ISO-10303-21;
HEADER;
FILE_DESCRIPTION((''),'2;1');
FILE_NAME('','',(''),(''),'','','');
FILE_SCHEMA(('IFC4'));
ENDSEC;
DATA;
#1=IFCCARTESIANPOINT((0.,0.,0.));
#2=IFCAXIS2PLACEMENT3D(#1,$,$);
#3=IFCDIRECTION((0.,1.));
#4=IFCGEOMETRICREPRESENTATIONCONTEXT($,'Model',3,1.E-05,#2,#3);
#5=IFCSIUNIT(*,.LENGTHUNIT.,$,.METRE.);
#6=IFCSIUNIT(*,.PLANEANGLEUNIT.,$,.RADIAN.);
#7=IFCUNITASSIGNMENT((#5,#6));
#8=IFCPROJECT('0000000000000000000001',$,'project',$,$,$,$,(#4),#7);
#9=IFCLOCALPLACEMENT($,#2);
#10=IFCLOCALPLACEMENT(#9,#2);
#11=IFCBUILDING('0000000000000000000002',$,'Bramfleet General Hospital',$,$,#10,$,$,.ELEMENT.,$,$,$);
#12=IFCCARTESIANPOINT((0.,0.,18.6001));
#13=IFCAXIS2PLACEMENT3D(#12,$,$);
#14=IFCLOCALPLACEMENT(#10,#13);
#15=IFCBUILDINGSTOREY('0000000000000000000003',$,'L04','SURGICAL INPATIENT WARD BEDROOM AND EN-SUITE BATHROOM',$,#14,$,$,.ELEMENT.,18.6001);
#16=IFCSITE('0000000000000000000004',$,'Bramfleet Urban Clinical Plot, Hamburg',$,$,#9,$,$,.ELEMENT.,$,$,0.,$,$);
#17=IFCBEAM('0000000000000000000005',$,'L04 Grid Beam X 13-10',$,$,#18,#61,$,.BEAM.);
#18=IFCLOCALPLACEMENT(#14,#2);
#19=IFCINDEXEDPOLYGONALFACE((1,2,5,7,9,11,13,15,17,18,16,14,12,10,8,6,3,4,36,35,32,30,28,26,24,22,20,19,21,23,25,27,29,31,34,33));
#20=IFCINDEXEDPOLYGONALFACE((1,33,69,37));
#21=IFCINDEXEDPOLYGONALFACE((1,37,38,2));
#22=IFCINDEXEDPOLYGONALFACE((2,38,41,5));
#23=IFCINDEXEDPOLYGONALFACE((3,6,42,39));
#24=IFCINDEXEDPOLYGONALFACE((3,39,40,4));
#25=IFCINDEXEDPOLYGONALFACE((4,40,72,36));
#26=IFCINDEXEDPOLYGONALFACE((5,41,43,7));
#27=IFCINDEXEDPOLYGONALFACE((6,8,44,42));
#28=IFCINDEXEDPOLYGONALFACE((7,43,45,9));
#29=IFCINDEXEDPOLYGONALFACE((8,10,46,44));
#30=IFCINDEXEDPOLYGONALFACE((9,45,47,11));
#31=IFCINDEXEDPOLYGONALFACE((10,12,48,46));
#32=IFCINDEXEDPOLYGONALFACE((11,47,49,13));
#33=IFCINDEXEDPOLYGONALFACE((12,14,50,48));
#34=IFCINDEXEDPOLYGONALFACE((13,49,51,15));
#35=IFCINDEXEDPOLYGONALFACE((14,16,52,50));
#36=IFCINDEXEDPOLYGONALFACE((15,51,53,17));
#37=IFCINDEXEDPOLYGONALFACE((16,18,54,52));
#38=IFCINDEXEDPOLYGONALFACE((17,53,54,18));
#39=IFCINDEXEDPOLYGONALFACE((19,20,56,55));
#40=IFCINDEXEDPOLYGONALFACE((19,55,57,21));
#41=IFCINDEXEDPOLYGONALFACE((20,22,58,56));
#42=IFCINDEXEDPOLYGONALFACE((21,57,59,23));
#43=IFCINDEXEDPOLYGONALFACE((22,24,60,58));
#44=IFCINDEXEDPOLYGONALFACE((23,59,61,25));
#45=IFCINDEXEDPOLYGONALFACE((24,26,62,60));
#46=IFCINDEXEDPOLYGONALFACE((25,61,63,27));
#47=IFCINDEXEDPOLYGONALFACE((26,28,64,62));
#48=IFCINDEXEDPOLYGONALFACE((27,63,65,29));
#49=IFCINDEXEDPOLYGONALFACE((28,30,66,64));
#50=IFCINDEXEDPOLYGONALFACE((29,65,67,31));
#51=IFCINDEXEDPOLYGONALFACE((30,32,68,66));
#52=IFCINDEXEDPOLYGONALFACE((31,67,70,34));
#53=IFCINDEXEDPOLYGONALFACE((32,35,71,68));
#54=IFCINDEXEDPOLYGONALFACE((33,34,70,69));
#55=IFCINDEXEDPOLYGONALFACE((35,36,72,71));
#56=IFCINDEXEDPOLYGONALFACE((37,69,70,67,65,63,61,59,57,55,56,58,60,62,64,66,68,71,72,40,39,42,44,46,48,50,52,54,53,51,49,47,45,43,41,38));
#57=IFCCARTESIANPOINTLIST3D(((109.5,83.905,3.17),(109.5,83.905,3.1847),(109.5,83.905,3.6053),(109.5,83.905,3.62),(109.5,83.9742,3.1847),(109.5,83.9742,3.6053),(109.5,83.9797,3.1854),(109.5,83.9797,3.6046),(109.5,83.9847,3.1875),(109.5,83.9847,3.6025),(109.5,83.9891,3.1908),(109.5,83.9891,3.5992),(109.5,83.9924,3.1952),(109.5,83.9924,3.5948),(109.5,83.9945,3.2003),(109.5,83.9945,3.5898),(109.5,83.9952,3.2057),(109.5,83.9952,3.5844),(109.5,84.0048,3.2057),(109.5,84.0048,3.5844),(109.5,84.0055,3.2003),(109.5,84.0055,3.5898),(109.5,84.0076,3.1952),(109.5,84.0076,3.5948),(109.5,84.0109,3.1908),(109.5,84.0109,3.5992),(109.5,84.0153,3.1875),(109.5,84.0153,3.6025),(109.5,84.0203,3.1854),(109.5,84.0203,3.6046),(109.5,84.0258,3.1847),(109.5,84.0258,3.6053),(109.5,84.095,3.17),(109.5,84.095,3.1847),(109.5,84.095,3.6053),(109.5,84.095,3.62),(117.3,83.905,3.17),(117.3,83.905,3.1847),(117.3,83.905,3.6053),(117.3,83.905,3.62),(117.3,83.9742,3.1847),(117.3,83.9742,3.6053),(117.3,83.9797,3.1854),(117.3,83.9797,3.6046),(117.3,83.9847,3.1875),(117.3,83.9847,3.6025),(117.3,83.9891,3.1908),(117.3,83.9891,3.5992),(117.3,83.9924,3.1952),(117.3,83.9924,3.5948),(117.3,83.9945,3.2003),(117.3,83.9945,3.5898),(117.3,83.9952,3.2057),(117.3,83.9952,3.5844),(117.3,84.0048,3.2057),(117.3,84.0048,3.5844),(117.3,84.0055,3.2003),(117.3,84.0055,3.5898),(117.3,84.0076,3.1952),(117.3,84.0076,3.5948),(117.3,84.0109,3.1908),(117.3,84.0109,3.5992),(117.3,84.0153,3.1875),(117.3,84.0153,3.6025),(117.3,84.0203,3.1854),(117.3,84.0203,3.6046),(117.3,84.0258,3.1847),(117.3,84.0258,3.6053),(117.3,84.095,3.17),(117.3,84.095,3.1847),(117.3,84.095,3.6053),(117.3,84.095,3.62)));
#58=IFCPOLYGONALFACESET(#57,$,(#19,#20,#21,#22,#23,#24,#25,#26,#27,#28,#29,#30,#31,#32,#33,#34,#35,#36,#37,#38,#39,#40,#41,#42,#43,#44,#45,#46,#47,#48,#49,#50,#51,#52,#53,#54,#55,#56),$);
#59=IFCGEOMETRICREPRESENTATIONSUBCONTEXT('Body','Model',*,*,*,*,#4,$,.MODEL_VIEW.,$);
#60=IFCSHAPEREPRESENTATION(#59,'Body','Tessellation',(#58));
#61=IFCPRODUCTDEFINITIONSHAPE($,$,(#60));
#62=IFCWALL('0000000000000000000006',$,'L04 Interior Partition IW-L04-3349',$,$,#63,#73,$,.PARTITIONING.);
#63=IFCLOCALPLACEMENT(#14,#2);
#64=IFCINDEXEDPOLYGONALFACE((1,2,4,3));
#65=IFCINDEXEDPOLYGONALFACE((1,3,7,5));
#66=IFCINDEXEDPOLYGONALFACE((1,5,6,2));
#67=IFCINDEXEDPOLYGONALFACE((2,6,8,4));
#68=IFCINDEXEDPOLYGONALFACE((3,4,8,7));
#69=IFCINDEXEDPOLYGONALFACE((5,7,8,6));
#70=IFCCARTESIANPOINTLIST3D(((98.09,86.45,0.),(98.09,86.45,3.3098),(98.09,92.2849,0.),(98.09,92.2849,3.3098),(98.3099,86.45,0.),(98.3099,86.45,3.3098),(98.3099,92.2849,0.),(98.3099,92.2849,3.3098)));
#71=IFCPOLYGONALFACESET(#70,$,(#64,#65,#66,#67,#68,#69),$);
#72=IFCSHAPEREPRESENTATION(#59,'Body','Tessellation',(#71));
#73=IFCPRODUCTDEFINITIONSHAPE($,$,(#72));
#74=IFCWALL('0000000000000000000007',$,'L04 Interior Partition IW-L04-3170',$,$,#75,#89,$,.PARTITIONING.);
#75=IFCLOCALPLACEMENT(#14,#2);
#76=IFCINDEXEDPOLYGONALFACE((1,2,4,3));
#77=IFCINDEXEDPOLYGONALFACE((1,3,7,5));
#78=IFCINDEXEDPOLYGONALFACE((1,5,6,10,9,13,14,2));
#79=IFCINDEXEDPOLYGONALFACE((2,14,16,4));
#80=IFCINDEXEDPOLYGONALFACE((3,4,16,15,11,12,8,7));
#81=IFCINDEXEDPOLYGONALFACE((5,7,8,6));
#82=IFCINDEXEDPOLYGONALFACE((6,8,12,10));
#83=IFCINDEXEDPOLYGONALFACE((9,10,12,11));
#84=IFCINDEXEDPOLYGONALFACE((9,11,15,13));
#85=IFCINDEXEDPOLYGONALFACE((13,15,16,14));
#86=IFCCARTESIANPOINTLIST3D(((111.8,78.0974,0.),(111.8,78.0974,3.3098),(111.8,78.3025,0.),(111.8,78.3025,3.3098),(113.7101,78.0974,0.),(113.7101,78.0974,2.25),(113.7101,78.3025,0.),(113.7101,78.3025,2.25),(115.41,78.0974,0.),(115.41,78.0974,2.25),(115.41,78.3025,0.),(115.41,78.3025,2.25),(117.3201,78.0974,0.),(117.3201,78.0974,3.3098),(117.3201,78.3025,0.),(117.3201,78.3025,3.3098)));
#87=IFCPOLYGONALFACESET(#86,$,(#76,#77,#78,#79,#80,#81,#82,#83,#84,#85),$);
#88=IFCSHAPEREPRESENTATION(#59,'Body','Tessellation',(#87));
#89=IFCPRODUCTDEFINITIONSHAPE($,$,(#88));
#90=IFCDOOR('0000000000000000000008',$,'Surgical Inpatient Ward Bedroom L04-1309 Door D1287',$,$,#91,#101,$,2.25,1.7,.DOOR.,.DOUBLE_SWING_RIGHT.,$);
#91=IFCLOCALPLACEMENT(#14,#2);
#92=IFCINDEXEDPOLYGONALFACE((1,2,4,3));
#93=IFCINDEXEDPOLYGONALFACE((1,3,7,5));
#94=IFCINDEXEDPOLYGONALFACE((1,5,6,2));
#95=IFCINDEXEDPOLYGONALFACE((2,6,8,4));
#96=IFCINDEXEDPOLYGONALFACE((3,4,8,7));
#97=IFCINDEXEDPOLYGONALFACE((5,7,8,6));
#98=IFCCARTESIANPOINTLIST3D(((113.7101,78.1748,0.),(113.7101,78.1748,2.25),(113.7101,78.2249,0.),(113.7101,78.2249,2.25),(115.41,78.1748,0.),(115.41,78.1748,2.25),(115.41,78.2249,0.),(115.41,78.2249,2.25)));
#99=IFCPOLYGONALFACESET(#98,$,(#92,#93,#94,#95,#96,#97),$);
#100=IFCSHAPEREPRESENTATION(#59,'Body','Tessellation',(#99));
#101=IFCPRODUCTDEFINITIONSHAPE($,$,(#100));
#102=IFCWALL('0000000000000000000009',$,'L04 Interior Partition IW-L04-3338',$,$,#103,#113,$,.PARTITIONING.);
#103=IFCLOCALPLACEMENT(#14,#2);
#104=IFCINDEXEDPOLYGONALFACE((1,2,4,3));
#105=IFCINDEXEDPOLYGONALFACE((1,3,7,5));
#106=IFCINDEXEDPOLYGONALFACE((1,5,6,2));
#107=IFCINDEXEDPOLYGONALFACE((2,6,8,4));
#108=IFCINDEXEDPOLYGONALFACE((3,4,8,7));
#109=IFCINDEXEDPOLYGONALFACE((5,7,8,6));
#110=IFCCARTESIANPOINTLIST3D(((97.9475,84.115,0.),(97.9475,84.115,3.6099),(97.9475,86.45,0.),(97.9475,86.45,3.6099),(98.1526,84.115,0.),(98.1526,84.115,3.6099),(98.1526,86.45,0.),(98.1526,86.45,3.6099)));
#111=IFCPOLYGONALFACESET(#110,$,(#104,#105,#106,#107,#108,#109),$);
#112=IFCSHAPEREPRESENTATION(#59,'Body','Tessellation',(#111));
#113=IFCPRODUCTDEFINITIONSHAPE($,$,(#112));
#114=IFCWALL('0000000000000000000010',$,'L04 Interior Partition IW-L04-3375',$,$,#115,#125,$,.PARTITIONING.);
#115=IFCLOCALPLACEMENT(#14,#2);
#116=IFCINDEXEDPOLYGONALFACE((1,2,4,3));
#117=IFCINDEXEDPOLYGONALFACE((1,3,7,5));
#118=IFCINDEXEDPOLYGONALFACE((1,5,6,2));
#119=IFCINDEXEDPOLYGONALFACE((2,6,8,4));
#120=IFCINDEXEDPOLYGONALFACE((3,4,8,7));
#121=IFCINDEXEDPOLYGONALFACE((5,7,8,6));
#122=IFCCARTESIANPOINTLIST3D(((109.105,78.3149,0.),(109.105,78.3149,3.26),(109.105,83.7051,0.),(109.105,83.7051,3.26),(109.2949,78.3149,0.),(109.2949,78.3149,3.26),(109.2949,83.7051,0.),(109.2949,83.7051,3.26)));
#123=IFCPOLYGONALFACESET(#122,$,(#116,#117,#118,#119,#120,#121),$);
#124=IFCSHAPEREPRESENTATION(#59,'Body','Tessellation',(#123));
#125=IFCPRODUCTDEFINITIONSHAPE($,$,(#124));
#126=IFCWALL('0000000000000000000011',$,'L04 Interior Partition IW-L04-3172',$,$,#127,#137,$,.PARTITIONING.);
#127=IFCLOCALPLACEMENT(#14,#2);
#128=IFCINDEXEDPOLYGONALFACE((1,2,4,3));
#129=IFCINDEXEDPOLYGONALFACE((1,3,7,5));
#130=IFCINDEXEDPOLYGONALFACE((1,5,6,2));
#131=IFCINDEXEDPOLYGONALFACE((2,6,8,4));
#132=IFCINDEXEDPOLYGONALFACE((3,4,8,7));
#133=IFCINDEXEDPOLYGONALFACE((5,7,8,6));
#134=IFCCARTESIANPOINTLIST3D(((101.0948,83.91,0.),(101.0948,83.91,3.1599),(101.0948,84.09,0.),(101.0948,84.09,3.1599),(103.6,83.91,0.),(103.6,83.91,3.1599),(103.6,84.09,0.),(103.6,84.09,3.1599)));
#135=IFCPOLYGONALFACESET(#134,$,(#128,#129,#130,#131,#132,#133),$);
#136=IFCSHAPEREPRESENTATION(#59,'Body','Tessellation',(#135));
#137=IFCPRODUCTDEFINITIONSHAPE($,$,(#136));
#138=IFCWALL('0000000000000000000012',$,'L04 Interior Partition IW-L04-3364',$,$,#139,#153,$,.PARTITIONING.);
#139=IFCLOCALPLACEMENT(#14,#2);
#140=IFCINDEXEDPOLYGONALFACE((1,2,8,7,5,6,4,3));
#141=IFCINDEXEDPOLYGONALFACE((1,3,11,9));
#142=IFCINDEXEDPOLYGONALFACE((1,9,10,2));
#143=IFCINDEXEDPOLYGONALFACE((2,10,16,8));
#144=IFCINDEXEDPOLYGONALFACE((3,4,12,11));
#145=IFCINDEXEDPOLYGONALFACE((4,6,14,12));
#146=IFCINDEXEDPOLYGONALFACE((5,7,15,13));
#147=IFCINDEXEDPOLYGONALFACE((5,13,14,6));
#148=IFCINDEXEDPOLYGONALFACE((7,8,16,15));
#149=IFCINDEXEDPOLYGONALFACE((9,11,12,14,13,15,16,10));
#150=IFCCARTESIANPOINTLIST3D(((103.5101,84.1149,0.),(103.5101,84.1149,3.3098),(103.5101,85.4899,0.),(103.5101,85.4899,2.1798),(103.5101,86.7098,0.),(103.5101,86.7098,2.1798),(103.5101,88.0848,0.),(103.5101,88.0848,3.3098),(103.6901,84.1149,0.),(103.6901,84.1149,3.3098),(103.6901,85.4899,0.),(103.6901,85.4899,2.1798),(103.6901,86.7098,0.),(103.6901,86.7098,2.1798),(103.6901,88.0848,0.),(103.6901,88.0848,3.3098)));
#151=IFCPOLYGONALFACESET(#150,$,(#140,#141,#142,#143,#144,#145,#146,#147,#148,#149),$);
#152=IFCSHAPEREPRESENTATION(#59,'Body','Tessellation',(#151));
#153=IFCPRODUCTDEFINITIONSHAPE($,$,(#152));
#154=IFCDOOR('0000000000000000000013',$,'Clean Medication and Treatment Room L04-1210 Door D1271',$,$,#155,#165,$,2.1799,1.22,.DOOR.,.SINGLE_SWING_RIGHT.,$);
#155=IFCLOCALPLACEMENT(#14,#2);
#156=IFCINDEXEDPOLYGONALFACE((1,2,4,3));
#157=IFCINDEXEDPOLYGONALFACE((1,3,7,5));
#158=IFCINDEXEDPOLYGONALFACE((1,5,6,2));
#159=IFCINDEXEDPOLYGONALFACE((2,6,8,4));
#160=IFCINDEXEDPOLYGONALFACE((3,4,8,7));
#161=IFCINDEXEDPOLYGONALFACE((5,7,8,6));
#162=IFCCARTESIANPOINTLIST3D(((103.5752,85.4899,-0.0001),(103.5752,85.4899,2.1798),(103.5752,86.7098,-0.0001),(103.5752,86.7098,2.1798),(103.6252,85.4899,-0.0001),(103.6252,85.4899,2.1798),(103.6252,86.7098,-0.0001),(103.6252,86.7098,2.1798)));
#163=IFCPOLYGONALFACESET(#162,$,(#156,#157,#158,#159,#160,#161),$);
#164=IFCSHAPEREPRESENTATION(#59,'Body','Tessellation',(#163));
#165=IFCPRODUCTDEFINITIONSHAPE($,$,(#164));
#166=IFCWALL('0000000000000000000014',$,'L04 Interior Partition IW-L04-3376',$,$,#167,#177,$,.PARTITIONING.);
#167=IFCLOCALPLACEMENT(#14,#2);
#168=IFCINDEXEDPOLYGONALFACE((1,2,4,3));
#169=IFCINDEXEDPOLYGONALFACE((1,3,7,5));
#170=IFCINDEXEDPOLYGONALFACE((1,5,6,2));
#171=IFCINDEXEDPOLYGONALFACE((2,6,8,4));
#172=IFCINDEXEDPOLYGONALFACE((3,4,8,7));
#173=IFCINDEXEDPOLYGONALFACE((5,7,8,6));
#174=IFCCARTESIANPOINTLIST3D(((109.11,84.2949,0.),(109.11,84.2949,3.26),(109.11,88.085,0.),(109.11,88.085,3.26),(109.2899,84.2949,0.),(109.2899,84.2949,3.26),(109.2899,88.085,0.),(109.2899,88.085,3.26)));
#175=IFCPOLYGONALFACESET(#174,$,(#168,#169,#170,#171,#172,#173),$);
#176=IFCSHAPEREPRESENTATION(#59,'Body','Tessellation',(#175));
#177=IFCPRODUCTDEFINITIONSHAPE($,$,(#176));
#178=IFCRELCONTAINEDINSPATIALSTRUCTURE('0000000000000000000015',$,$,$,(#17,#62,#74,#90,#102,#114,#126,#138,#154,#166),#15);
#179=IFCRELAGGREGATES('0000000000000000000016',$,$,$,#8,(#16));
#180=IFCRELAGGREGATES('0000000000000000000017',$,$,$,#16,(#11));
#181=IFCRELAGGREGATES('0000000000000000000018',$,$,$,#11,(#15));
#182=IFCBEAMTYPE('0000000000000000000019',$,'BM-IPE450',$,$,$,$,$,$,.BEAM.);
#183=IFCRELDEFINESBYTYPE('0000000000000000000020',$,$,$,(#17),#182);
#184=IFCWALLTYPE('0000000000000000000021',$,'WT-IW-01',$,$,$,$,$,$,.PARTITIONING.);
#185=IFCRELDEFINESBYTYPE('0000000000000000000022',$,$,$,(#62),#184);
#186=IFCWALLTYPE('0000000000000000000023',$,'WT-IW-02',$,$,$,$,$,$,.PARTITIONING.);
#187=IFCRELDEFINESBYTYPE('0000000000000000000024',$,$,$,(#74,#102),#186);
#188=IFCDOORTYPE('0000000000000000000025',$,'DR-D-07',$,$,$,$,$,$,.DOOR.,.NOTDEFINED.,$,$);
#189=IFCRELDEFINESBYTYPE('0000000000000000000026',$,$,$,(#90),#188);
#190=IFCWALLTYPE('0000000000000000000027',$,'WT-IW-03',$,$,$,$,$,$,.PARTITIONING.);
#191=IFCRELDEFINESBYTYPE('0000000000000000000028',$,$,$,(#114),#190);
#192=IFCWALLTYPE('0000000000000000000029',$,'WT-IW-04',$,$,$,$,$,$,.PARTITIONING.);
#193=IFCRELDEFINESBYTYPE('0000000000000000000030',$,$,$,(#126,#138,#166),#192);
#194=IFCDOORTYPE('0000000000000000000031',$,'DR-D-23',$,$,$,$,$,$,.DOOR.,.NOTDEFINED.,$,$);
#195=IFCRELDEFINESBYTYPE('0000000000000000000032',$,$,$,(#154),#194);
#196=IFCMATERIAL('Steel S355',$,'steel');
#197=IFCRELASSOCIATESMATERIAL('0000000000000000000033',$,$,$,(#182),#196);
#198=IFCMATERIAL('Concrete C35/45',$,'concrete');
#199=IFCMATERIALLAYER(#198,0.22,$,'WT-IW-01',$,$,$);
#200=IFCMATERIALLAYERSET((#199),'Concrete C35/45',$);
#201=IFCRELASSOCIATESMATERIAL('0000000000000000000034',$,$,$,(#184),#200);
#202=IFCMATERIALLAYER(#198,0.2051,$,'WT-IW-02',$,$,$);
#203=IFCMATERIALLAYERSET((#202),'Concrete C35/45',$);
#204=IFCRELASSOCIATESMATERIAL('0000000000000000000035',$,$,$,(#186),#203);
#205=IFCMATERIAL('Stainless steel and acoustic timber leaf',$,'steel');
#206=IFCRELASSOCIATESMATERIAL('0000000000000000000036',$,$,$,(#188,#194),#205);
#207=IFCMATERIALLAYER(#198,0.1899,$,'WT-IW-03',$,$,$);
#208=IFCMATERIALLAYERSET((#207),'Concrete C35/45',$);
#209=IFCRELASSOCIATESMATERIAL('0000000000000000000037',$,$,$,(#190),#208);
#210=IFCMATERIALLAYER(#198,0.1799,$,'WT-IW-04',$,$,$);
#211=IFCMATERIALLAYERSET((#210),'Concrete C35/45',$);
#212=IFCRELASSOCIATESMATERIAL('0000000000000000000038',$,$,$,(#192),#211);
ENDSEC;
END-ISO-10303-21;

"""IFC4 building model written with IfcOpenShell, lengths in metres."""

from ifc_helpers import new_model, si_unit, direction, frame, frame_2d, origin, origin_2d, place, context, subcontext, project, spatial, rectangle, i_section, extrude, material, layer, layer_set, material_profile, profile_set, type_object, element, fill, save


model = new_model("IFC4")

# Units and contexts
model_context = context("Model", 3, precision=1e-05, world=origin(), true_north=direction((0.0, 1.0)))
body_context = subcontext(model_context, "Body", "Model", "MODEL_VIEW")
ifc_project = project(units=[si_unit("LENGTHUNIT", "METRE"), si_unit("PLANEANGLEUNIT", "RADIAN")], contexts=[model_context])

# Site, building, storey
site_placement = place(None, origin())
site = spatial("IfcSite", under=ifc_project, at=site_placement, Name="Bramfleet Urban Clinical Plot, Hamburg", CompositionType="ELEMENT", RefElevation=0.0)
building_placement = place(site_placement, origin())
building = spatial("IfcBuilding", under=site, at=building_placement, Name="Bramfleet General Hospital", CompositionType="ELEMENT")
storey_placement = place(building_placement, frame((0.0, 0.0, 18.6001)))
storey = spatial("IfcBuildingStorey", under=building, at=storey_placement, Name="L04", Description="SURGICAL INPATIENT WARD BEDROOM AND EN-SUITE BATHROOM", CompositionType="ELEMENT", Elevation=18.6001)

# Beam
ifc_material_1 = material(Name="Steel S355", Category="steel")
ifc_material_profile_1 = material_profile(ifc_material_1, i_section(OverallWidth=0.1899, OverallDepth=0.45, WebThickness=0.0095, FlangeThickness=0.0146, FilletRadius=0.021, at=origin_2d()), Name="IPE 450")
ifc_profile_set_1 = profile_set([ifc_material_profile_1], Name="Steel S355")
beam_type_1 = type_object("IfcBeamType", Name="BM-IPE450", PredefinedType="BEAM", material=ifc_profile_set_1)
beam_1_placement = place(storey_placement, frame((109.5, 84.0, 3.395), z_axis=(1.0, 0.0, 0.0), x_axis=(0.0, 1.0, 0.0)))
element("IfcBeam", 1, at=beam_1_placement, inside=storey, type_object=beam_type_1, Name="L04 Grid Beam X 13-10", PredefinedType="BEAM", context=body_context, shape_type="SweptSolid", body=[
    extrude(i_section(OverallWidth=0.1899, OverallDepth=0.45, WebThickness=0.0095, FlangeThickness=0.0146, FilletRadius=0.021, at=origin_2d()), origin(), (0.0, 0.0, 1.0), 7.8),
])

# Wall
ifc_material_2 = material(Name="Concrete C35/45", Category="concrete")
ifc_layer_1 = layer(ifc_material_2, 0.22, Name="WT-IW-01")
ifc_layer_set_1 = layer_set([ifc_layer_1], Name="Concrete C35/45")
wall_type_1 = type_object("IfcWallType", Name="WT-IW-01", PredefinedType="PARTITIONING", material=ifc_layer_set_1)
wall_1_placement = place(storey_placement, frame((98.2, 86.45, 0.0), z_axis=(0.0, 0.0, 1.0), x_axis=(0.0, 1.0, 0.0)))
element("IfcWall", 2, at=wall_1_placement, inside=storey, type_object=wall_type_1, Name="L04 Interior Partition IW-L04-3349", PredefinedType="PARTITIONING", context=body_context, shape_type="SweptSolid", body=[
    extrude(rectangle(XDim=5.835, YDim=0.22, at=frame_2d((2.9175, 0.0))), origin(), (0.0, 0.0, 1.0), 3.3098),
])

# Wall, opening, door
ifc_layer_2 = layer(ifc_material_2, 0.2051, Name="WT-IW-02")
ifc_layer_set_2 = layer_set([ifc_layer_2], Name="Concrete C35/45")
wall_type_2 = type_object("IfcWallType", Name="WT-IW-02", PredefinedType="PARTITIONING", material=ifc_layer_set_2)
wall_2_placement = place(storey_placement, frame((111.8, 78.2, 0.0), z_axis=(0.0, 0.0, 1.0), x_axis=(1.0, 0.0, 0.0)))
wall_2 = element("IfcWall", 3, at=wall_2_placement, inside=storey, type_object=wall_type_2, Name="L04 Interior Partition IW-L04-3170", PredefinedType="PARTITIONING", context=body_context, shape_type="SweptSolid", body=[
    extrude(rectangle(XDim=5.52, YDim=0.2051, at=frame_2d((2.76, 0.0))), origin(), (0.0, 0.0, 1.0), 3.3098),
])
opening_1_placement = place(wall_2_placement, frame((1.9099, 0.0, 0.0)))
opening_1 = element("IfcOpeningElement", 4, at=opening_1_placement, cuts=wall_2, PredefinedType="OPENING", context=body_context, shape_type="SweptSolid", body=[
    extrude(rectangle(XDim=1.7, YDim=2.25, at=frame_2d((0.8501, 1.125))), frame((0.0, 0.1125, 0.0), z_axis=(0.0, -1.0, 0.0), x_axis=(1.0, 0.0, 0.0)), (0.0, 0.0, 1.0), 0.2251),
])
ifc_material_3 = material(Name="Stainless steel and acoustic timber leaf", Category="steel")
door_type_1 = type_object("IfcDoorType", Name="DR-D-07", OperationType="NOTDEFINED", PredefinedType="DOOR", material=ifc_material_3)
door_1_placement = place(opening_1_placement, origin())
door_1 = element("IfcDoor", 5, at=door_1_placement, inside=storey, type_object=door_type_1, Name="Surgical Inpatient Ward Bedroom L04-1309 Door D1287", OperationType="DOUBLE_SWING_RIGHT", OverallHeight=2.25, OverallWidth=1.7, PredefinedType="DOOR", context=body_context, shape_type="SweptSolid", body=[
    extrude(rectangle(XDim=1.7, YDim=2.25, at=frame_2d((0.8501, 1.125))), frame((0.0, 0.0249, 0.0), z_axis=(0.0, -1.0, 0.0), x_axis=(1.0, 0.0, 0.0)), (0.0, 0.0, 1.0), 0.05),
])
fill(opening_1, door_1)

# Walls
wall_3_placement = place(storey_placement, frame((98.05, 84.115, 0.0), z_axis=(0.0, 0.0, 1.0), x_axis=(0.0, 1.0, 0.0)))
element("IfcWall", 6, at=wall_3_placement, inside=storey, type_object=wall_type_2, Name="L04 Interior Partition IW-L04-3338", PredefinedType="PARTITIONING", context=body_context, shape_type="SweptSolid", body=[
    extrude(rectangle(XDim=2.335, YDim=0.2051, at=frame_2d((1.1675, 0.0))), origin(), (0.0, 0.0, 1.0), 3.6099),
])
ifc_layer_3 = layer(ifc_material_2, 0.1899, Name="WT-IW-03")
ifc_layer_set_3 = layer_set([ifc_layer_3], Name="Concrete C35/45")
wall_type_3 = type_object("IfcWallType", Name="WT-IW-03", PredefinedType="PARTITIONING", material=ifc_layer_set_3)
wall_4_placement = place(storey_placement, frame((109.2, 78.3149, 0.0), z_axis=(0.0, 0.0, 1.0), x_axis=(0.0, 1.0, 0.0)))
element("IfcWall", 7, at=wall_4_placement, inside=storey, type_object=wall_type_3, Name="L04 Interior Partition IW-L04-3375", PredefinedType="PARTITIONING", context=body_context, shape_type="SweptSolid", body=[
    extrude(rectangle(XDim=5.3901, YDim=0.1899, at=frame_2d((2.6951, 0.0))), origin(), (0.0, 0.0, 1.0), 3.26),
])
ifc_layer_4 = layer(ifc_material_2, 0.1799, Name="WT-IW-04")
ifc_layer_set_4 = layer_set([ifc_layer_4], Name="Concrete C35/45")
wall_type_4 = type_object("IfcWallType", Name="WT-IW-04", PredefinedType="PARTITIONING", material=ifc_layer_set_4)
wall_5_placement = place(storey_placement, frame((101.095, 84.0, 0.0), z_axis=(0.0, 0.0, 1.0), x_axis=(1.0, 0.0, 0.0)))
element("IfcWall", 8, at=wall_5_placement, inside=storey, type_object=wall_type_4, Name="L04 Interior Partition IW-L04-3172", PredefinedType="PARTITIONING", context=body_context, shape_type="SweptSolid", body=[
    extrude(rectangle(XDim=2.5051, YDim=0.1799, at=frame_2d((1.2524, 0.0))), origin(), (0.0, 0.0, 1.0), 3.1599),
])

# Wall, opening, door
wall_6_placement = place(storey_placement, frame((103.6001, 84.115, 0.0), z_axis=(0.0, 0.0, 1.0), x_axis=(0.0, 1.0, 0.0)))
wall_6 = element("IfcWall", 9, at=wall_6_placement, inside=storey, type_object=wall_type_4, Name="L04 Interior Partition IW-L04-3364", PredefinedType="PARTITIONING", context=body_context, shape_type="SweptSolid", body=[
    extrude(rectangle(XDim=3.97, YDim=0.1799, at=frame_2d((1.9849, 0.0))), origin(), (0.0, 0.0, 1.0), 3.3098),
])
opening_2_placement = place(wall_6_placement, frame((1.375, 0.0, 0.0)))
opening_2 = element("IfcOpeningElement", 10, at=opening_2_placement, cuts=wall_6, PredefinedType="OPENING", context=body_context, shape_type="SweptSolid", body=[
    extrude(rectangle(XDim=1.22, YDim=2.1799, at=frame_2d((0.6099, 1.0898))), frame((0.0, 0.0999, 0.0), z_axis=(0.0, -1.0, 0.0), x_axis=(1.0, 0.0, 0.0)), (0.0, 0.0, 1.0), 0.2),
])
door_type_2 = type_object("IfcDoorType", Name="DR-D-23", OperationType="NOTDEFINED", PredefinedType="DOOR", material=ifc_material_3)
door_2_placement = place(opening_2_placement, origin())
door_2 = element("IfcDoor", 11, at=door_2_placement, inside=storey, type_object=door_type_2, Name="Clean Medication and Treatment Room L04-1210 Door D1271", OperationType="SINGLE_SWING_RIGHT", OverallHeight=2.1799, OverallWidth=1.22, PredefinedType="DOOR", context=body_context, shape_type="SweptSolid", body=[
    extrude(rectangle(XDim=1.22, YDim=2.1799, at=frame_2d((0.6099, 1.0898))), frame((0.0, 0.0249, 0.0), z_axis=(0.0, -1.0, 0.0), x_axis=(1.0, 0.0, 0.0)), (0.0, 0.0, 1.0), 0.05),
])
fill(opening_2, door_2)

# Wall
wall_7_placement = place(storey_placement, frame((109.2, 84.2949, 0.0), z_axis=(0.0, 0.0, 1.0), x_axis=(0.0, 1.0, 0.0)))
element("IfcWall", 12, at=wall_7_placement, inside=storey, type_object=wall_type_4, Name="L04 Interior Partition IW-L04-3376", PredefinedType="PARTITIONING", context=body_context, shape_type="SweptSolid", body=[
    extrude(rectangle(XDim=3.79, YDim=0.1799, at=frame_2d((1.895, 0.0))), origin(), (0.0, 0.0, 1.0), 3.26),
])

save(model, "model.ifc")
